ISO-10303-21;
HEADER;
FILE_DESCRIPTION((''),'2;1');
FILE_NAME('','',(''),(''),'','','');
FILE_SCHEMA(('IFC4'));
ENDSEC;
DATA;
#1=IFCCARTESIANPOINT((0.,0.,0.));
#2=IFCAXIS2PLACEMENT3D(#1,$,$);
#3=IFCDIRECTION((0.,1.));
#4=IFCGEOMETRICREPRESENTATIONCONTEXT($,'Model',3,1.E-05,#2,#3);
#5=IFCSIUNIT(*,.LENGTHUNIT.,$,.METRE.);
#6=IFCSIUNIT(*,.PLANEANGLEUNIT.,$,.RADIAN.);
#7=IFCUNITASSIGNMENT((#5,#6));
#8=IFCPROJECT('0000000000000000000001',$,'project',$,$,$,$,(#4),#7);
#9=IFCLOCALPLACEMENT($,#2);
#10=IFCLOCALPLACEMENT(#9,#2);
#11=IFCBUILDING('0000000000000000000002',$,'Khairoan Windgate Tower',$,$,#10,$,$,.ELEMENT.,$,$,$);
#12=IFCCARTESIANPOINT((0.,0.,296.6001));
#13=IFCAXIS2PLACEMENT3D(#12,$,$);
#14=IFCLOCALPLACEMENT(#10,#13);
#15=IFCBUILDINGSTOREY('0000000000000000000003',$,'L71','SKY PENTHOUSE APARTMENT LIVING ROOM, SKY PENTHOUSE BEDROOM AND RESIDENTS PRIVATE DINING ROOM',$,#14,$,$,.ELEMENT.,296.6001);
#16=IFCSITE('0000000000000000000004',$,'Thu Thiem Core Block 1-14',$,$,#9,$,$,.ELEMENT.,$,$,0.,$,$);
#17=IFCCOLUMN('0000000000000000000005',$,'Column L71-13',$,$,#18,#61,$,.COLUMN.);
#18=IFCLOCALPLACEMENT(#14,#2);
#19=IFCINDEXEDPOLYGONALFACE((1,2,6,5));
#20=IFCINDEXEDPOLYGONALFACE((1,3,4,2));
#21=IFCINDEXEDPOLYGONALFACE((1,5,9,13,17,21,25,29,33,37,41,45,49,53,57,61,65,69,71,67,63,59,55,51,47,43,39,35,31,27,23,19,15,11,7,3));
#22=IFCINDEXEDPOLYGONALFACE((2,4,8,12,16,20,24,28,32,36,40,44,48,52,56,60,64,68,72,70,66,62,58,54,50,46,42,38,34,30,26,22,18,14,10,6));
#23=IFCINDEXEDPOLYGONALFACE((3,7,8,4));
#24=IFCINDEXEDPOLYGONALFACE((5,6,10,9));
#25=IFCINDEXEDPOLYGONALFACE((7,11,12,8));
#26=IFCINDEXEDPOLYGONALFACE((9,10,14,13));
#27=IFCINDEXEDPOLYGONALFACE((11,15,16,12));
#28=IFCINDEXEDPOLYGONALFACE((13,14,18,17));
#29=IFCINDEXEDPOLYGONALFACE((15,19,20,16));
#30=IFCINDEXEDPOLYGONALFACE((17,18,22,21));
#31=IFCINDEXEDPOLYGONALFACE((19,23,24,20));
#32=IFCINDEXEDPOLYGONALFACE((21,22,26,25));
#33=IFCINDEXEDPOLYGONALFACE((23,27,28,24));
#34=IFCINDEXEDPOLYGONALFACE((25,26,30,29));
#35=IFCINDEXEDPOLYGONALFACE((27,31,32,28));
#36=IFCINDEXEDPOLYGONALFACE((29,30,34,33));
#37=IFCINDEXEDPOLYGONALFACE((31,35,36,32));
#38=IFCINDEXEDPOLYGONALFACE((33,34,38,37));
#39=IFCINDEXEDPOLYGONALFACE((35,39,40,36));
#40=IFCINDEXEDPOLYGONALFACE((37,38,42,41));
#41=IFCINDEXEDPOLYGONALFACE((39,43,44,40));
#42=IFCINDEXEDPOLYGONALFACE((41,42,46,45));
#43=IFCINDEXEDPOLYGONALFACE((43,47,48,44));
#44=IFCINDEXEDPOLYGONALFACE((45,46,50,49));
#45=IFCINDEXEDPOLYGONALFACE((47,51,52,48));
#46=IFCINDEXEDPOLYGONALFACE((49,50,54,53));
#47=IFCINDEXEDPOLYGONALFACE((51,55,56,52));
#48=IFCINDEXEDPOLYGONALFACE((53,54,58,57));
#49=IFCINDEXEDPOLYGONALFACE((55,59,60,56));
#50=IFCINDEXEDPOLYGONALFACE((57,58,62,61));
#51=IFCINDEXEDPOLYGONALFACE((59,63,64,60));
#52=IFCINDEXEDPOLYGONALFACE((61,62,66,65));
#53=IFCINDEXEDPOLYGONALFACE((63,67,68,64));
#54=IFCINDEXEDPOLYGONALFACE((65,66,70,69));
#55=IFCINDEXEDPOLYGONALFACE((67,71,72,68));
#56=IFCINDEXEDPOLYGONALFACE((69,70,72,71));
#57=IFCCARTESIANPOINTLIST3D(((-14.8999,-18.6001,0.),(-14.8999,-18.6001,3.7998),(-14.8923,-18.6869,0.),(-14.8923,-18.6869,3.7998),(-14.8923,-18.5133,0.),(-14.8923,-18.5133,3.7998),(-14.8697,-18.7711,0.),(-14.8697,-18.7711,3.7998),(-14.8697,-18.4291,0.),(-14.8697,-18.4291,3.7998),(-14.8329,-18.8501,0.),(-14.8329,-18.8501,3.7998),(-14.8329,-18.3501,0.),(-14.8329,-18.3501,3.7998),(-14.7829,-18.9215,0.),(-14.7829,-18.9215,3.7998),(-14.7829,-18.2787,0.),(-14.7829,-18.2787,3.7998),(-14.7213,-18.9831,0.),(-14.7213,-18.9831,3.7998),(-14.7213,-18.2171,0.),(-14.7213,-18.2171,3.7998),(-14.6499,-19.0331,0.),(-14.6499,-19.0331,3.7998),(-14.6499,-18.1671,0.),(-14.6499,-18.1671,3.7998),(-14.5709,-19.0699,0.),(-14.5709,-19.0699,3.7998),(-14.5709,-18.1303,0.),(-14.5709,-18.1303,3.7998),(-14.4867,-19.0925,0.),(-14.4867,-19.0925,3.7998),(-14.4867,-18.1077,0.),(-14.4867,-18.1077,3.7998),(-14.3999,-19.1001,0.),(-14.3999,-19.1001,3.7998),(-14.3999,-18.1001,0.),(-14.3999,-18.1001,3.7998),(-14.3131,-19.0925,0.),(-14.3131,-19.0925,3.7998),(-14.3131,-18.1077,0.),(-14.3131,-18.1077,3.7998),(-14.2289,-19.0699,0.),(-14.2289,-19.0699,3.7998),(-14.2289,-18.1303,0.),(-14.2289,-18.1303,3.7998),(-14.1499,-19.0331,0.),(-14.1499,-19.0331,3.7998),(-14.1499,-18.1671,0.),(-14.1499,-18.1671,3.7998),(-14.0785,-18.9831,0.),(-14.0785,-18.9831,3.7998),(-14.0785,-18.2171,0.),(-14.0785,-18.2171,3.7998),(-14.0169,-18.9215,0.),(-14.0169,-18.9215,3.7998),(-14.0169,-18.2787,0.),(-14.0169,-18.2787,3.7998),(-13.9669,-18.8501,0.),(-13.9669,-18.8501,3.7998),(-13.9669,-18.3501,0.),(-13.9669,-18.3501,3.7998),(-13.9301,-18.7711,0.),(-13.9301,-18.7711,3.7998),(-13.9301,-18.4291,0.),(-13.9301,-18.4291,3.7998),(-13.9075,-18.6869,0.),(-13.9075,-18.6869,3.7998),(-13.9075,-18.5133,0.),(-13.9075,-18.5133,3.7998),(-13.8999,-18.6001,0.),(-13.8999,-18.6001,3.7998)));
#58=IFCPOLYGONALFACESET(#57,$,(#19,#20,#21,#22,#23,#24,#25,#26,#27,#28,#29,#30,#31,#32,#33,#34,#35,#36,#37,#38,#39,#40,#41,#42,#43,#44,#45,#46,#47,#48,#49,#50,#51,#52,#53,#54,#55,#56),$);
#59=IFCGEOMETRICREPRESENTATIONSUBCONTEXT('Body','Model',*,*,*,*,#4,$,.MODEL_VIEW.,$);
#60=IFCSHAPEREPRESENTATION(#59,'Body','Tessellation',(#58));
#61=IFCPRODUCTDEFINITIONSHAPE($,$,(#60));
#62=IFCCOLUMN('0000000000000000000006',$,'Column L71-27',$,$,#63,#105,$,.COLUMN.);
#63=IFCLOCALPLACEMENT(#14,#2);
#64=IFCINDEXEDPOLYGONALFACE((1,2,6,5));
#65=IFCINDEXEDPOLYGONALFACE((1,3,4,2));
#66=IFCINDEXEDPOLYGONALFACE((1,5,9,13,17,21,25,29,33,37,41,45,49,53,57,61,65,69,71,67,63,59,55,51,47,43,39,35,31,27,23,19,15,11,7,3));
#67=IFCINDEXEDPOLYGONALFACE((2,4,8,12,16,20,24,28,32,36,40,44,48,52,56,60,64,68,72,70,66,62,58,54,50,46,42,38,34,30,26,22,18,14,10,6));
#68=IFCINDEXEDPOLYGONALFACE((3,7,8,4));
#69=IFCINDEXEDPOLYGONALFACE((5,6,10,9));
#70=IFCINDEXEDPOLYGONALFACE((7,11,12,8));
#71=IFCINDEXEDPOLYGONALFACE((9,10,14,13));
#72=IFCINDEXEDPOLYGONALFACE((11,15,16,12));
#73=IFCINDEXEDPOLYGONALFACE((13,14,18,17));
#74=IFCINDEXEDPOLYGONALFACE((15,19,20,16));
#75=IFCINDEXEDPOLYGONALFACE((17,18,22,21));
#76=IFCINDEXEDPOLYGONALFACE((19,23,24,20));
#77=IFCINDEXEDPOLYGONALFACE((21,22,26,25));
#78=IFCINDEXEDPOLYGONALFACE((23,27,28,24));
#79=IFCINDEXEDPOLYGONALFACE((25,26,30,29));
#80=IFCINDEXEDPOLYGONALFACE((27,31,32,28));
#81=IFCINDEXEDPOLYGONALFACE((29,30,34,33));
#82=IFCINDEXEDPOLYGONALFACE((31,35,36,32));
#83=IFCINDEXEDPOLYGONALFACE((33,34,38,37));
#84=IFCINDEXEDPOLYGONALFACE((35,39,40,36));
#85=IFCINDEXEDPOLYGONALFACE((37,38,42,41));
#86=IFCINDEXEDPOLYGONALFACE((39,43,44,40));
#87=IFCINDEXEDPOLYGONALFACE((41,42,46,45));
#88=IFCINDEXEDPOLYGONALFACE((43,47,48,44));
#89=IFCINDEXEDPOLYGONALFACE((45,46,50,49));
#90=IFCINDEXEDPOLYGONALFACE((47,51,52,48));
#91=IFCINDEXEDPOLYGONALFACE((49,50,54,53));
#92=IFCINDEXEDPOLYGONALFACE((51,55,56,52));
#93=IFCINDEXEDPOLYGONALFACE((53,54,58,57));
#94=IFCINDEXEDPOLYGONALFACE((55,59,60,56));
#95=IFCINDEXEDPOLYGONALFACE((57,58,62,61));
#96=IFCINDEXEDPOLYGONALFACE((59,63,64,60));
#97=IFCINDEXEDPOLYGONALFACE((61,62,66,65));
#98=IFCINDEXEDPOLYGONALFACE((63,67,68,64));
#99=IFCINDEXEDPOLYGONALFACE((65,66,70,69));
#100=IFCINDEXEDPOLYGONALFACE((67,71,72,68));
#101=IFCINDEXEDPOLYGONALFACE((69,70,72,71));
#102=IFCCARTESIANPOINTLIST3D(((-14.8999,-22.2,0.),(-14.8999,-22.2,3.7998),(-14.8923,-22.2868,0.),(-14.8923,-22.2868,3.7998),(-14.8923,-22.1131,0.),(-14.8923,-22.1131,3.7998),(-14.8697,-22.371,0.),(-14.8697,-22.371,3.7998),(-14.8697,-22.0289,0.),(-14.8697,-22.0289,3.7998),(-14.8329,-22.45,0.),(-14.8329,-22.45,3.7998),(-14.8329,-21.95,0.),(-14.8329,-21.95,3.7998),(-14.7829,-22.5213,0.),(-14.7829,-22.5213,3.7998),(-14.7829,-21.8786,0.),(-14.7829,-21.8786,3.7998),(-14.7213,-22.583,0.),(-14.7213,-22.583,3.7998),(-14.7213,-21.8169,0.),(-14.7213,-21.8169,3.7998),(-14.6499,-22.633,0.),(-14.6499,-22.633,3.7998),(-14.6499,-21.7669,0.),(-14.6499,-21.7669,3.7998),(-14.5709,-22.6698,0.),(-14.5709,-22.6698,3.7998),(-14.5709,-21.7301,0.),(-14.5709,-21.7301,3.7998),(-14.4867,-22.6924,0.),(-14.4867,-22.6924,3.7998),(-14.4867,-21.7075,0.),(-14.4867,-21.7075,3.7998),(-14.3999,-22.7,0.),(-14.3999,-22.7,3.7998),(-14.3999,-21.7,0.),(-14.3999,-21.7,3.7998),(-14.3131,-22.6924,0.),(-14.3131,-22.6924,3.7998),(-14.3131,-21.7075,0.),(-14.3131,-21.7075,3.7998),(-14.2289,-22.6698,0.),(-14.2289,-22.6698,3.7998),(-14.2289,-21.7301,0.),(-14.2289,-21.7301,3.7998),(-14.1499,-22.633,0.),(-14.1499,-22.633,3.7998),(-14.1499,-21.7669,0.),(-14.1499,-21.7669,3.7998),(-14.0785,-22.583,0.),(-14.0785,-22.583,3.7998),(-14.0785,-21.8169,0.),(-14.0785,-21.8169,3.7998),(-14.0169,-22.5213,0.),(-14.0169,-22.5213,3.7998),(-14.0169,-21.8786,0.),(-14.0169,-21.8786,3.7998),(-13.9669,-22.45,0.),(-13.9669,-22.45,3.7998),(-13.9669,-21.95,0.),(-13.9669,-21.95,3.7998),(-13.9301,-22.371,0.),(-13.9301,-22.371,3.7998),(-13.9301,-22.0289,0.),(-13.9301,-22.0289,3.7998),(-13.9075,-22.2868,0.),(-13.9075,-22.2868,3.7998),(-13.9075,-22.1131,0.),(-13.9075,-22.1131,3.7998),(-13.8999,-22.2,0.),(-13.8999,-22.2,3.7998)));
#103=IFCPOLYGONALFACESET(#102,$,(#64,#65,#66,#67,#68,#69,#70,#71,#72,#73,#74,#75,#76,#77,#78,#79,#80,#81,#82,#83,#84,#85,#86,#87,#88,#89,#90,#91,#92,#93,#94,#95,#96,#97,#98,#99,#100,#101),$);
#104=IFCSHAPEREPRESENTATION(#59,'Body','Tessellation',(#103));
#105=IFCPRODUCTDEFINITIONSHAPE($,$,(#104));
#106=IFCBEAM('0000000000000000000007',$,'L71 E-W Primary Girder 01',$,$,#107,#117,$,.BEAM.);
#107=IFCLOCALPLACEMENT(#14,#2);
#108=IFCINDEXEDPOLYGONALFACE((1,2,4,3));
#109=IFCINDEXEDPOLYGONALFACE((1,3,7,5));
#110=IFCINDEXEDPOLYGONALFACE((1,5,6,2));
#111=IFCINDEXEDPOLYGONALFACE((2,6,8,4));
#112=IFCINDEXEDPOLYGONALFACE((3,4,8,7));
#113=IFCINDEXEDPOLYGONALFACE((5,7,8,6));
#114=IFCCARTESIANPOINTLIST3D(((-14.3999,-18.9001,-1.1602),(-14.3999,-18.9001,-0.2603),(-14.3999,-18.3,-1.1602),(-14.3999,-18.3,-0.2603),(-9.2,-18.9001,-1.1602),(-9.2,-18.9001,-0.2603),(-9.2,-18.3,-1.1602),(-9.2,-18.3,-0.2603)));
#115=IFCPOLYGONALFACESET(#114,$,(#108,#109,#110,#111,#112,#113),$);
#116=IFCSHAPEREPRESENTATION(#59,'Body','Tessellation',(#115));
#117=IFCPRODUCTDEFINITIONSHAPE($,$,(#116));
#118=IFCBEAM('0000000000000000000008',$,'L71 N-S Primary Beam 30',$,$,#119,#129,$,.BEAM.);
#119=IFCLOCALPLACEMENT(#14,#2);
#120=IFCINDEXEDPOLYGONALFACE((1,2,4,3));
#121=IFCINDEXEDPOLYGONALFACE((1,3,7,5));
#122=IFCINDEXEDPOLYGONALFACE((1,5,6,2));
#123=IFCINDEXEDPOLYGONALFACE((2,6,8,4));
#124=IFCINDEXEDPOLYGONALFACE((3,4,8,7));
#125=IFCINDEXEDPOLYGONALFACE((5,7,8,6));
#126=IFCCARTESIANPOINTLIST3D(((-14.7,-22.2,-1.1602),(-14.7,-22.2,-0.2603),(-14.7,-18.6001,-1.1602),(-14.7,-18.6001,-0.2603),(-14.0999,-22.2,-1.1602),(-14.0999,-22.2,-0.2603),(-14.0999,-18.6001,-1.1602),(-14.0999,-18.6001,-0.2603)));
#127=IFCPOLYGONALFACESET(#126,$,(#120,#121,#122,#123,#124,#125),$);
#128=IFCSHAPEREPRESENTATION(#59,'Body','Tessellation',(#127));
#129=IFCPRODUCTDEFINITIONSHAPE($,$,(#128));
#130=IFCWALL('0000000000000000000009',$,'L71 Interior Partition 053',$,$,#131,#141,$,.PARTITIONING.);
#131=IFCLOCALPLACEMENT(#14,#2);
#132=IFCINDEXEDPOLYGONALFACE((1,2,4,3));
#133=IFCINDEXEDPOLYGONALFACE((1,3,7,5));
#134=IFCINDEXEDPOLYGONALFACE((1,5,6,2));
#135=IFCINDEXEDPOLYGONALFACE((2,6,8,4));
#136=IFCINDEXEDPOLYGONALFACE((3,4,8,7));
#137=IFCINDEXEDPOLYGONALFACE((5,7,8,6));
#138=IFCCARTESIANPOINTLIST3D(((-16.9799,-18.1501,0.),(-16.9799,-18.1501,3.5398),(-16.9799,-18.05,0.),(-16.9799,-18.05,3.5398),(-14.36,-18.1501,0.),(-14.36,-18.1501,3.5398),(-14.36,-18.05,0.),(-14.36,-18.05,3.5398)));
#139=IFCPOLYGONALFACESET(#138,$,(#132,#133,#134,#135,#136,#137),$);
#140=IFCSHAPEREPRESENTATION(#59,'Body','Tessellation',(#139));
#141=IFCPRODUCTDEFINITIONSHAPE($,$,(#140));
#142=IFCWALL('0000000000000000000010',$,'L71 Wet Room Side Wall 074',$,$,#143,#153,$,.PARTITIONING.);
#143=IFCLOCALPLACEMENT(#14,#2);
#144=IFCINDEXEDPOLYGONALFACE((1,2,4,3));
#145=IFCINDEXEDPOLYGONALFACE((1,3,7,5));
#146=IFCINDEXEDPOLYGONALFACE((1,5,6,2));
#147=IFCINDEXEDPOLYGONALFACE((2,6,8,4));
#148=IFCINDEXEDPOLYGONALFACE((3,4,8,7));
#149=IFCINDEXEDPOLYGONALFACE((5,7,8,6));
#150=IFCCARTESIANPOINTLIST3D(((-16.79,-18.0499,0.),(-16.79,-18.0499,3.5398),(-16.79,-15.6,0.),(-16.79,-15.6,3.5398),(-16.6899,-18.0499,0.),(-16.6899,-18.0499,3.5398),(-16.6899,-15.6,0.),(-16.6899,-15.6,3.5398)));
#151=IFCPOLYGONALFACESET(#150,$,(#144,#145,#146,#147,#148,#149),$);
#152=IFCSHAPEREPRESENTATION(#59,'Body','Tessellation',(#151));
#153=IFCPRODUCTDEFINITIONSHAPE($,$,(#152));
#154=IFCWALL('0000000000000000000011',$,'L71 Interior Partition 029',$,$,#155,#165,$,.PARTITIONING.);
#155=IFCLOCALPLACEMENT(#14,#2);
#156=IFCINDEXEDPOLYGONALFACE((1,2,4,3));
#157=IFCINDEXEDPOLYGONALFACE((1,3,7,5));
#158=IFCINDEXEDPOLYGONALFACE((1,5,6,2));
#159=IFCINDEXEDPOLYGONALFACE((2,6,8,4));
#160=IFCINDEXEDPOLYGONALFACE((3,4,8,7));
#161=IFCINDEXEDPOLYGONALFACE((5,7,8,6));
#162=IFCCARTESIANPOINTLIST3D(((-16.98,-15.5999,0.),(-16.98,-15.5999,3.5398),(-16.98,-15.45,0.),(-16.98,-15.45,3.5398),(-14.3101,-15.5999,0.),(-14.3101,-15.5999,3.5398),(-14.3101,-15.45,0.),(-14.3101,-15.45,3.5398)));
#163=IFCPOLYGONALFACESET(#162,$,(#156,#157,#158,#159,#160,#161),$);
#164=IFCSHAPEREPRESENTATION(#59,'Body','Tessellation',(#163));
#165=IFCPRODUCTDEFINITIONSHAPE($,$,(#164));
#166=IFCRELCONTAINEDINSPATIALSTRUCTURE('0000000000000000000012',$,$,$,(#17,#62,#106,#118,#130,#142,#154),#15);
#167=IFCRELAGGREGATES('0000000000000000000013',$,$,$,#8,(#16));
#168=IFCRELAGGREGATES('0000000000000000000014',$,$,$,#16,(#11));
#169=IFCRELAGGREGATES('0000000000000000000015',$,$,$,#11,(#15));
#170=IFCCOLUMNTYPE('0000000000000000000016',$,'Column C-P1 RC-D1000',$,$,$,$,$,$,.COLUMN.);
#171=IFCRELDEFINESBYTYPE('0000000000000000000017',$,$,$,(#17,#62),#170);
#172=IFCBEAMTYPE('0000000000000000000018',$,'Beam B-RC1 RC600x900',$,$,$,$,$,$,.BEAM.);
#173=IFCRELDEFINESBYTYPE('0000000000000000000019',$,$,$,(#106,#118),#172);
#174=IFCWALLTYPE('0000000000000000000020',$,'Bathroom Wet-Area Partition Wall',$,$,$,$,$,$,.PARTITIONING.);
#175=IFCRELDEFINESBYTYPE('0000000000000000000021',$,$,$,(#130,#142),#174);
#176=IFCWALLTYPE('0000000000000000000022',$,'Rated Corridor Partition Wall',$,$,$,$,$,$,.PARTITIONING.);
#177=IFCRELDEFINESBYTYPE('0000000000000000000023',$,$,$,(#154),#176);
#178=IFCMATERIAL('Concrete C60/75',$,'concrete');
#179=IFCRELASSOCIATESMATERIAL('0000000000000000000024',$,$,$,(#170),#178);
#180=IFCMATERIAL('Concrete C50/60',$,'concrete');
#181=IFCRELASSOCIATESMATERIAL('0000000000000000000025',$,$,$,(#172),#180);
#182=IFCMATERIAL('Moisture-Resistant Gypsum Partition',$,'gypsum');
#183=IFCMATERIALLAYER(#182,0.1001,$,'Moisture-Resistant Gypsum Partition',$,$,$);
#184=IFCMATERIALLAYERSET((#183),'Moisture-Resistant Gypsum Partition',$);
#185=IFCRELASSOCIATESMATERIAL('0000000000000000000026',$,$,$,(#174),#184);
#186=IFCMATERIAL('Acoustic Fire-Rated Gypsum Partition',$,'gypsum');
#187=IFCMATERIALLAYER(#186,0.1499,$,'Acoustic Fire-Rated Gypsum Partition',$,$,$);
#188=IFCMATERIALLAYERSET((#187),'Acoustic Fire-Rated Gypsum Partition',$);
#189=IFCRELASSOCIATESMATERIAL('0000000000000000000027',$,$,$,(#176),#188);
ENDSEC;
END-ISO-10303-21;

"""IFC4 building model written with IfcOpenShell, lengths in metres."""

from ifc_helpers import new_model, si_unit, direction, frame, frame_2d, origin, origin_2d, place, context, subcontext, project, spatial, rectangle, circle, extrude, material, layer, layer_set, material_profile, profile_set, type_object, element, save


model = new_model("IFC4")

# Units and contexts
model_context = context("Model", 3, precision=1e-05, world=origin(), true_north=direction((0.0, 1.0)))
body_context = subcontext(model_context, "Body", "Model", "MODEL_VIEW")
ifc_project = project(units=[si_unit("LENGTHUNIT", "METRE"), si_unit("PLANEANGLEUNIT", "RADIAN")], contexts=[model_context])

# Site, building, storey
site_placement = place(None, origin())
site = spatial("IfcSite", under=ifc_project, at=site_placement, Name="Thu Thiem Core Block 1-14", CompositionType="ELEMENT", RefElevation=0.0)
building_placement = place(site_placement, origin())
building = spatial("IfcBuilding", under=site, at=building_placement, Name="Khairoan Windgate Tower", CompositionType="ELEMENT")
storey_placement = place(building_placement, frame((0.0, 0.0, 296.6001)))
storey = spatial("IfcBuildingStorey", under=building, at=storey_placement, Name="L71", Description="SKY PENTHOUSE APARTMENT LIVING ROOM, SKY PENTHOUSE BEDROOM AND RESIDENTS PRIVATE DINING ROOM", CompositionType="ELEMENT", Elevation=296.6001)

# Columns
ifc_material_1 = material(Name="Concrete C60/75", Category="concrete")
ifc_material_profile_1 = material_profile(ifc_material_1, circle(Radius=0.5, at=origin_2d()))
ifc_profile_set_1 = profile_set([ifc_material_profile_1], Name="Concrete C60/75")
column_type = type_object("IfcColumnType", Name="Column C-P1 RC-D1000", PredefinedType="COLUMN", material=ifc_profile_set_1)
for number, where, z_axis, x_axis, name in (
    (1, (-14.3999, -18.6001, 0.0), (0.0, 0.0, 1.0), (1.0, 0.0, 0.0), "Column L71-13"),
    (2, (-14.3999, -22.2, 0.0), (0.0, 0.0, 1.0), (1.0, 0.0, 0.0), "Column L71-27"),
):
    element("IfcColumn", number, at=place(storey_placement, frame(where, z_axis=z_axis, x_axis=x_axis)), inside=storey, type_object=column_type, Name=name, PredefinedType="COLUMN", context=body_context, shape_type="SweptSolid", body=[
        extrude(circle(Radius=0.5, at=origin_2d()), origin(), (0.0, 0.0, 1.0), 3.7998),
    ])

# Beams
ifc_material_2 = material(Name="Concrete C50/60", Category="concrete")
ifc_material_profile_2 = material_profile(ifc_material_2, rectangle(XDim=0.6001, YDim=0.8999, at=origin_2d()))
ifc_profile_set_2 = profile_set([ifc_material_profile_2], Name="Concrete C50/60")
beam_type = type_object("IfcBeamType", Name="Beam B-RC1 RC600x900", PredefinedType="BEAM", material=ifc_profile_set_2)
beam_1_placement = place(storey_placement, frame((-14.3999, -18.6001, -0.7102), z_axis=(1.0, 0.0, 0.0), x_axis=(0.0, 1.0, 0.0)))
element("IfcBeam", 3, at=beam_1_placement, inside=storey, type_object=beam_type, Name="L71 E-W Primary Girder 01", PredefinedType="BEAM", context=body_context, shape_type="SweptSolid", body=[
    extrude(rectangle(XDim=0.6001, YDim=0.8999, at=origin_2d()), origin(), (0.0, 0.0, 1.0), 5.2),
])
beam_2_placement = place(storey_placement, frame((-14.3999, -22.2, -0.7102), z_axis=(0.0, 1.0, 0.0), x_axis=(-1.0, 0.0, 0.0)))
element("IfcBeam", 4, at=beam_2_placement, inside=storey, type_object=beam_type, Name="L71 N-S Primary Beam 30", PredefinedType="BEAM", context=body_context, shape_type="SweptSolid", body=[
    extrude(rectangle(XDim=0.6001, YDim=0.8999, at=origin_2d()), origin(), (0.0, 0.0, 1.0), 3.5999),
])

# Walls
ifc_material_3 = material(Name="Moisture-Resistant Gypsum Partition", Category="gypsum")
ifc_layer_1 = layer(ifc_material_3, 0.1001, Name="Moisture-Resistant Gypsum Partition")
ifc_layer_set_1 = layer_set([ifc_layer_1], Name="Moisture-Resistant Gypsum Partition")
wall_type_1 = type_object("IfcWallType", Name="Bathroom Wet-Area Partition Wall", PredefinedType="PARTITIONING", material=ifc_layer_set_1)
wall_1_placement = place(storey_placement, frame((-16.98, -18.1001, 0.0), z_axis=(0.0, 0.0, 1.0), x_axis=(1.0, 0.0, 0.0)))
element("IfcWall", 5, at=wall_1_placement, inside=storey, type_object=wall_type_1, Name="L71 Interior Partition 053", PredefinedType="PARTITIONING", context=body_context, shape_type="SweptSolid", body=[
    extrude(rectangle(XDim=2.6199, YDim=0.1001, at=frame_2d((1.3101, 0.0))), origin(), (0.0, 0.0, 1.0), 3.5398),
])
wall_2_placement = place(storey_placement, frame((-16.74, -18.05, 0.0), z_axis=(0.0, 0.0, 1.0), x_axis=(0.0, 1.0, 0.0)))
element("IfcWall", 6, at=wall_2_placement, inside=storey, type_object=wall_type_1, Name="L71 Wet Room Side Wall 074", PredefinedType="PARTITIONING", context=body_context, shape_type="SweptSolid", body=[
    extrude(rectangle(XDim=2.45, YDim=0.1001, at=frame_2d((1.2251, 0.0))), origin(), (0.0, 0.0, 1.0), 3.5398),
])

# Wall
ifc_material_4 = material(Name="Acoustic Fire-Rated Gypsum Partition", Category="gypsum")
ifc_layer_2 = layer(ifc_material_4, 0.1499, Name="Acoustic Fire-Rated Gypsum Partition")
ifc_layer_set_2 = layer_set([ifc_layer_2], Name="Acoustic Fire-Rated Gypsum Partition")
wall_type_2 = type_object("IfcWallType", Name="Rated Corridor Partition Wall", PredefinedType="PARTITIONING", material=ifc_layer_set_2)
wall_3_placement = place(storey_placement, frame((-16.98, -15.5249, 0.0), z_axis=(0.0, 0.0, 1.0), x_axis=(1.0, 0.0, 0.0)))
element("IfcWall", 7, at=wall_3_placement, inside=storey, type_object=wall_type_2, Name="L71 Interior Partition 029", PredefinedType="PARTITIONING", context=body_context, shape_type="SweptSolid", body=[
    extrude(rectangle(XDim=2.6699, YDim=0.1499, at=frame_2d((1.335, 0.0))), origin(), (0.0, 0.0, 1.0), 3.5398),
])

save(model, "model.ifc")
